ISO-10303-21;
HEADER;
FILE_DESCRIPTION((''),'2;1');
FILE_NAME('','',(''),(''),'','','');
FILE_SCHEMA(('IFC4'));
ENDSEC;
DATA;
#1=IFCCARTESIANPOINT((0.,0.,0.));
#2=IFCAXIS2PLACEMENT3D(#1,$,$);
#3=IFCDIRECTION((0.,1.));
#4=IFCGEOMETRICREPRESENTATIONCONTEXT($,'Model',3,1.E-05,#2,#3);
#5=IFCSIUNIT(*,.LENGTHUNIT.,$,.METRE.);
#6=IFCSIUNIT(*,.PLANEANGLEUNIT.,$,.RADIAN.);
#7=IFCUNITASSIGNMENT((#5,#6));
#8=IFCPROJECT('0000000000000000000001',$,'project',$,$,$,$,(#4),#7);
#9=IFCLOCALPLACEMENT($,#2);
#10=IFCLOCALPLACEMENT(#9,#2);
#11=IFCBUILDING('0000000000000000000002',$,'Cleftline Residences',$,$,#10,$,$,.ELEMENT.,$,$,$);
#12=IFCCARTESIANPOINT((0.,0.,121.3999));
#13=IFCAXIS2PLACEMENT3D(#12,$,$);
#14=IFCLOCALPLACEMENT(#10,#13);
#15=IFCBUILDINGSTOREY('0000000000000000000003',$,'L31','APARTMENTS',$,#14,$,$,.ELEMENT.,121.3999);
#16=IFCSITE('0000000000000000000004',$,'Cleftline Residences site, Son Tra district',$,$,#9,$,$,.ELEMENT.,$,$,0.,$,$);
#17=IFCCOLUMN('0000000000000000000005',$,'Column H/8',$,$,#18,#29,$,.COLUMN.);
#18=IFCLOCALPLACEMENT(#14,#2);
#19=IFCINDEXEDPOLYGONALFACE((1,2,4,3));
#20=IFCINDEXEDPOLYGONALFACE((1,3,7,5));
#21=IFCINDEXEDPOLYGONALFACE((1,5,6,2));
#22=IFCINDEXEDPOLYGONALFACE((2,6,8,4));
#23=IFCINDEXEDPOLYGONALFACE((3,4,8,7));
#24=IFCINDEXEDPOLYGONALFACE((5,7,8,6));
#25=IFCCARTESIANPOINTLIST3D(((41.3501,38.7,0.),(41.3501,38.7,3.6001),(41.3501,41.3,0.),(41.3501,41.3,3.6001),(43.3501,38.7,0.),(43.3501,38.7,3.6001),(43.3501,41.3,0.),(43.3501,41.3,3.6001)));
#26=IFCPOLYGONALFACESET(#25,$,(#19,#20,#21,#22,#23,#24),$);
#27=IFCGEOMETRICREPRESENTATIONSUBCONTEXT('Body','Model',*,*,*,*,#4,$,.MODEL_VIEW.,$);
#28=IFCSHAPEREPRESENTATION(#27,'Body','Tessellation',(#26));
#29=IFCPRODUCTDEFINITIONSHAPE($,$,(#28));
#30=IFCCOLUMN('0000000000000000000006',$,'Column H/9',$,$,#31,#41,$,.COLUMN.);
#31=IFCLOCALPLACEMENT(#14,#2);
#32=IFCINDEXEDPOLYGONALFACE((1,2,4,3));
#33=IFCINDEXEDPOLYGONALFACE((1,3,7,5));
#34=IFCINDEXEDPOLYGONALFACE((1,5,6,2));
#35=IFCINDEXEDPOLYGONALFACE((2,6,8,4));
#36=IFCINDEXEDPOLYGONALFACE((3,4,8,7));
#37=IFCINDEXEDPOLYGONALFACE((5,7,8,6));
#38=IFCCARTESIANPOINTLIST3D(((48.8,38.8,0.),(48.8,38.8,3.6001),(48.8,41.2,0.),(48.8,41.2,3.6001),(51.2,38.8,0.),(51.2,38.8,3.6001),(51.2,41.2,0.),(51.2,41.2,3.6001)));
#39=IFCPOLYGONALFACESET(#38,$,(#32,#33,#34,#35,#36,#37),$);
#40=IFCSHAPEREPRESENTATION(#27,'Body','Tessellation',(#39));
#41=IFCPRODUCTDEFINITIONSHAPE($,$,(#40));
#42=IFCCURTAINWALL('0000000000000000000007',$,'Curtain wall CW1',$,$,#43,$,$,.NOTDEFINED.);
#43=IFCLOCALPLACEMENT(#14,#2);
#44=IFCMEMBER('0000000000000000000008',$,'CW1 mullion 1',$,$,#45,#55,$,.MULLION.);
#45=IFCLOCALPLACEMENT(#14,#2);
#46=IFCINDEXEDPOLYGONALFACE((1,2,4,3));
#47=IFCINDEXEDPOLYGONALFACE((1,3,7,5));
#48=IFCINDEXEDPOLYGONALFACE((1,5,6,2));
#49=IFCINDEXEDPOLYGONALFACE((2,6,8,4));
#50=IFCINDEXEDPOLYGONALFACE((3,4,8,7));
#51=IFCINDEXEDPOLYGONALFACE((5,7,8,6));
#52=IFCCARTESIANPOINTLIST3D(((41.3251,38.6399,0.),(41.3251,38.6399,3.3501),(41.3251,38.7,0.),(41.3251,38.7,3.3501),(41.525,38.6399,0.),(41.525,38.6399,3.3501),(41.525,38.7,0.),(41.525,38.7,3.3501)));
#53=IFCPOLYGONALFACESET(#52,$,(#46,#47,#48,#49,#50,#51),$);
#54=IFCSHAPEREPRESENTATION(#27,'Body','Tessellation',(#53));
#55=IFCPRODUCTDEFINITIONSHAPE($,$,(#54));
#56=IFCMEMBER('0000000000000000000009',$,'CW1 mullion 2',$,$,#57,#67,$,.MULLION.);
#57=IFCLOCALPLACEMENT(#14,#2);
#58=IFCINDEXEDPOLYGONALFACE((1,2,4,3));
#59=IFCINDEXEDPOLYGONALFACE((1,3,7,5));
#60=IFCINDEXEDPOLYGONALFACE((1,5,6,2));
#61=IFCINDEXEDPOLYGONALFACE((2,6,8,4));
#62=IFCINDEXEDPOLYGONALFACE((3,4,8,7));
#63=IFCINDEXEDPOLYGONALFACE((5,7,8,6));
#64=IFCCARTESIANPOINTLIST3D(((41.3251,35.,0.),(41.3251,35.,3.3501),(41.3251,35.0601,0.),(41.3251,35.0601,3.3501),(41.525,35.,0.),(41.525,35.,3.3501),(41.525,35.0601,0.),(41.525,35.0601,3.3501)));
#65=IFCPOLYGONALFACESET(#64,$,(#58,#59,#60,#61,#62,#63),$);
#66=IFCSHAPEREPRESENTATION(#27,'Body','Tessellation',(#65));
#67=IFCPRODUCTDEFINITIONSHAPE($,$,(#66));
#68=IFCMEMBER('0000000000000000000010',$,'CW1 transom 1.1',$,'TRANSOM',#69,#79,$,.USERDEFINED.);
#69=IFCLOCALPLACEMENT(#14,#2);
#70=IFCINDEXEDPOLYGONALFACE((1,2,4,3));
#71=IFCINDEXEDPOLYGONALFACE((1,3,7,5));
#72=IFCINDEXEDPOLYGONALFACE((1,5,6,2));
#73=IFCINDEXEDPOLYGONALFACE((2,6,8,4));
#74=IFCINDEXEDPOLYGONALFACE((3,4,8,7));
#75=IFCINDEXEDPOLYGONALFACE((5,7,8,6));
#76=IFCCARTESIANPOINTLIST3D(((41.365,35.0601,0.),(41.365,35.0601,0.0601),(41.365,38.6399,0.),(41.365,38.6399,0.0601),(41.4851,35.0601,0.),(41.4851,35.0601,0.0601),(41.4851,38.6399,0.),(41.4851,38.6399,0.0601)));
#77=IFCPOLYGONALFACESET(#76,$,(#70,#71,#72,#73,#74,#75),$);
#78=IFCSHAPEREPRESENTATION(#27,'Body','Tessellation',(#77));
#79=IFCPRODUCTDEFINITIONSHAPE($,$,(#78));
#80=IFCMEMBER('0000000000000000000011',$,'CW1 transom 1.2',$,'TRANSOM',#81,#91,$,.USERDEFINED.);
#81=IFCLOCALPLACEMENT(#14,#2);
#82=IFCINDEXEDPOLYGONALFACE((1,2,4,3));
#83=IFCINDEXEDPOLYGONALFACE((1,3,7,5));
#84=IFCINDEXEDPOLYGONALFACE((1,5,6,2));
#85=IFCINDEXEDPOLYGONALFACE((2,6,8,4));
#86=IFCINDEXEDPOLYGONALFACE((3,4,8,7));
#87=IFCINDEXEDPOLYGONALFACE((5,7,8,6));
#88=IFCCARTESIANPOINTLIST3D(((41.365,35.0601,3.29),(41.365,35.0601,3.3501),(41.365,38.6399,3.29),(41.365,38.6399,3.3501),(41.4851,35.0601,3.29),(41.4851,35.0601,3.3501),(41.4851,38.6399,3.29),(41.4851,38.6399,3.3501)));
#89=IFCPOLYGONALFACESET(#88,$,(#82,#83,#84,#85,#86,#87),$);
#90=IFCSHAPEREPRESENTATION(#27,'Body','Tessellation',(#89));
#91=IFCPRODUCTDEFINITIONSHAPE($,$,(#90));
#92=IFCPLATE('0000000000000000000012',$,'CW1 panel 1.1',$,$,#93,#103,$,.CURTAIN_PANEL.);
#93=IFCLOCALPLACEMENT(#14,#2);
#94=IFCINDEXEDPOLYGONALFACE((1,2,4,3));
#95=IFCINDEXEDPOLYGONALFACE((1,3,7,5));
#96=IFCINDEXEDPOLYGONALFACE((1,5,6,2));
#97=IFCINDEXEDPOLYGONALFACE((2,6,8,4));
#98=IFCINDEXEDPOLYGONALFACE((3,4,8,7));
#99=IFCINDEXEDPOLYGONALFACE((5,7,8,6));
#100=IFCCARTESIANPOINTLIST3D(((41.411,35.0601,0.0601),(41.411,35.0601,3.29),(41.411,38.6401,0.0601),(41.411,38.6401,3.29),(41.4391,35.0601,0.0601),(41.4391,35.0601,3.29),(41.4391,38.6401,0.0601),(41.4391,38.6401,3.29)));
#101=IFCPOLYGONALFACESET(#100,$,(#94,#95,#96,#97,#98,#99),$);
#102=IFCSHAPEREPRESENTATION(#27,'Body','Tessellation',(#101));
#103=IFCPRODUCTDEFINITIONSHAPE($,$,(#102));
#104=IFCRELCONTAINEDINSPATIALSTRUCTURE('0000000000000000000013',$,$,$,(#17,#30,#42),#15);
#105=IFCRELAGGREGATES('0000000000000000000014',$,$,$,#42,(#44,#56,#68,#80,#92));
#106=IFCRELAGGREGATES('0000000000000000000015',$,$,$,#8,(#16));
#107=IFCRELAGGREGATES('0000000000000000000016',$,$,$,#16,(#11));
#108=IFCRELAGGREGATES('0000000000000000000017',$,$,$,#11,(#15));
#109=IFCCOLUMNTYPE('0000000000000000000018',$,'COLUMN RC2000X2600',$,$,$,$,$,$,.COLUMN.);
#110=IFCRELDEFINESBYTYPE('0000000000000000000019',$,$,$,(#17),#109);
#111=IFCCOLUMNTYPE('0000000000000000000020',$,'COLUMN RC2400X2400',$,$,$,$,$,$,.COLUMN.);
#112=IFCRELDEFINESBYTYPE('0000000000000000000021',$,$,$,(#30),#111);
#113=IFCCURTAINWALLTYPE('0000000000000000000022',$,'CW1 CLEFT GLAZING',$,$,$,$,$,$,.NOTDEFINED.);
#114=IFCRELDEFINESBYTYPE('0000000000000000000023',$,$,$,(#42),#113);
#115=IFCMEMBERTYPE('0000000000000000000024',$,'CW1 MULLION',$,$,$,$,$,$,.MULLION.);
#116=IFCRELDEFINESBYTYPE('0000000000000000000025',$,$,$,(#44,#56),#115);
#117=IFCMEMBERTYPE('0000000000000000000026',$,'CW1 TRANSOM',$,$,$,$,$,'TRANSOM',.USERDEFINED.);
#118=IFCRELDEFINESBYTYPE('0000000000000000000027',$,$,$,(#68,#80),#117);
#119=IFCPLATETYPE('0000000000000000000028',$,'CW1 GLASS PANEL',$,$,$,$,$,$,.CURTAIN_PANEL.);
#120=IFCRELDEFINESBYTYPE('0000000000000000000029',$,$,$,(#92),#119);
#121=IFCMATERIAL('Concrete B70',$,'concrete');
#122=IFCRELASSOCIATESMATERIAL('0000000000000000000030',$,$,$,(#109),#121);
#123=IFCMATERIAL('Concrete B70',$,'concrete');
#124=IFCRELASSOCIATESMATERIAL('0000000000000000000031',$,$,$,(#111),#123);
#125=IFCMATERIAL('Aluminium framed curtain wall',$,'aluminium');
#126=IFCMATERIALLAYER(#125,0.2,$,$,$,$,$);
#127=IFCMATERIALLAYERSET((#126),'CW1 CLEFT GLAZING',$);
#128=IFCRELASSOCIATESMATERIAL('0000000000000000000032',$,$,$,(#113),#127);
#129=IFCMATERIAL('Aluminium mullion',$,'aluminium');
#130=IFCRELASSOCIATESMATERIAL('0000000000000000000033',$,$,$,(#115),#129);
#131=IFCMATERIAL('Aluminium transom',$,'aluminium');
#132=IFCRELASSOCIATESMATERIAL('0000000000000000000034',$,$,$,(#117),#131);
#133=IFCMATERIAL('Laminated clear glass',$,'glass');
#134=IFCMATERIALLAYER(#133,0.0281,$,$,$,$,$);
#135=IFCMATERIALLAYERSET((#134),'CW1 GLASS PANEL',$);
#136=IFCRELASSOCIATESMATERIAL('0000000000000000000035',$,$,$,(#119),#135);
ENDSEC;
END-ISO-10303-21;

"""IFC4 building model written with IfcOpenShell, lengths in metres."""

from ifc_helpers import new_model, si_unit, direction, frame, origin, origin_2d, place, context, subcontext, project, spatial, rectangle, extrude, material, layer, layer_set, material_profile, profile_set, type_object, element, aggregate, save


model = new_model("IFC4")

# Units and contexts
model_context = context("Model", 3, precision=1e-05, world=origin(), true_north=direction((0.0, 1.0)))
body_context = subcontext(model_context, "Body", "Model", "MODEL_VIEW")
ifc_project = project(units=[si_unit("LENGTHUNIT", "METRE"), si_unit("PLANEANGLEUNIT", "RADIAN")], contexts=[model_context])

# Site, building, storey
site_placement = place(None, origin())
site = spatial("IfcSite", under=ifc_project, at=site_placement, Name="Cleftline Residences site, Son Tra district", CompositionType="ELEMENT", RefElevation=0.0)
building_placement = place(site_placement, origin())
building = spatial("IfcBuilding", under=site, at=building_placement, Name="Cleftline Residences", CompositionType="ELEMENT")
storey_placement = place(building_placement, frame((0.0, 0.0, 121.3999)))
storey = spatial("IfcBuildingStorey", under=building, at=storey_placement, Name="L31", Description="APARTMENTS", CompositionType="ELEMENT", Elevation=121.3999)

# Columns
ifc_material_1 = material(Name="Concrete B70", Category="concrete")
ifc_material_profile_1 = material_profile(ifc_material_1, rectangle(XDim=2.0, YDim=2.6001, at=origin_2d()))
ifc_profile_set_1 = profile_set([ifc_material_profile_1], Name="Concrete B70")
column_type_1 = type_object("IfcColumnType", Name="COLUMN RC2000X2600", PredefinedType="COLUMN", material=ifc_profile_set_1)
column_1_placement = place(storey_placement, frame((42.3501, 40.0, 0.0), z_axis=(0.0, 0.0, 1.0), x_axis=(1.0, 0.0, 0.0)))
element("IfcColumn", 1, at=column_1_placement, inside=storey, type_object=column_type_1, Name="Column H/8", PredefinedType="COLUMN", context=body_context, shape_type="SweptSolid", body=[
    extrude(rectangle(XDim=2.0, YDim=2.6001, at=origin_2d()), origin(), (0.0, 0.0, 1.0), 3.6001),
])
ifc_material_2 = material(Name="Concrete B70", Category="concrete")
ifc_material_profile_2 = material_profile(ifc_material_2, rectangle(XDim=2.3999, YDim=2.3999, at=origin_2d()))
ifc_profile_set_2 = profile_set([ifc_material_profile_2], Name="Concrete B70")
column_type_2 = type_object("IfcColumnType", Name="COLUMN RC2400X2400", PredefinedType="COLUMN", material=ifc_profile_set_2)
column_2_placement = place(storey_placement, frame((50.0, 40.0, 0.0), z_axis=(0.0, 0.0, 1.0), x_axis=(1.0, 0.0, 0.0)))
element("IfcColumn", 2, at=column_2_placement, inside=storey, type_object=column_type_2, Name="Column H/9", PredefinedType="COLUMN", context=body_context, shape_type="SweptSolid", body=[
    extrude(rectangle(XDim=2.3999, YDim=2.3999, at=origin_2d()), origin(), (0.0, 0.0, 1.0), 3.6001),
])

# Curtain wall, members, plate
ifc_material_3 = material(Name="Aluminium framed curtain wall", Category="aluminium")
ifc_layer_1 = layer(ifc_material_3, 0.2)
ifc_layer_set_1 = layer_set([ifc_layer_1], Name="CW1 CLEFT GLAZING")
curtain_wall_type = type_object("IfcCurtainWallType", Name="CW1 CLEFT GLAZING", PredefinedType="NOTDEFINED", material=ifc_layer_set_1)
curtain_wall_placement = place(storey_placement, origin())
curtain_wall = element("IfcCurtainWall", 3, at=curtain_wall_placement, inside=storey, type_object=curtain_wall_type, Name="Curtain wall CW1", PredefinedType="NOTDEFINED")
ifc_material_4 = material(Name="Aluminium mullion", Category="aluminium")
ifc_material_profile_3 = material_profile(ifc_material_4, rectangle(XDim=0.2, YDim=0.0601, at=origin_2d()))
ifc_profile_set_3 = profile_set([ifc_material_profile_3], Name="Aluminium mullion")
member_type_1 = type_object("IfcMemberType", Name="CW1 MULLION", PredefinedType="MULLION", material=ifc_profile_set_3)
member_1_placement = place(storey_placement, frame((41.425, 38.6699, 0.0), z_axis=(0.0, 0.0, 1.0), x_axis=(1.0, 0.0, 0.0)))
member_1 = element("IfcMember", 4, at=member_1_placement, type_object=member_type_1, Name="CW1 mullion 1", PredefinedType="MULLION", context=body_context, shape_type="SweptSolid", body=[
    extrude(rectangle(XDim=0.2, YDim=0.0601, at=origin_2d()), origin(), (0.0, 0.0, 1.0), 3.3501),
])
member_2_placement = place(storey_placement, frame((41.425, 35.03, 0.0), z_axis=(0.0, 0.0, 1.0), x_axis=(1.0, 0.0, 0.0)))
member_2 = element("IfcMember", 5, at=member_2_placement, type_object=member_type_1, Name="CW1 mullion 2", PredefinedType="MULLION", context=body_context, shape_type="SweptSolid", body=[
    extrude(rectangle(XDim=0.2, YDim=0.0601, at=origin_2d()), origin(), (0.0, 0.0, 1.0), 3.3501),
])
ifc_material_5 = material(Name="Aluminium transom", Category="aluminium")
ifc_material_profile_4 = material_profile(ifc_material_5, rectangle(XDim=0.1201, YDim=0.0601, at=origin_2d()))
ifc_profile_set_4 = profile_set([ifc_material_profile_4], Name="Aluminium transom")
member_type_2 = type_object("IfcMemberType", Name="CW1 TRANSOM", ElementType="TRANSOM", PredefinedType="USERDEFINED", material=ifc_profile_set_4)
member_3_placement = place(storey_placement, frame((41.425, 38.6399, 0.03), z_axis=(0.0, -1.0, 0.0), x_axis=(1.0, 0.0, 0.0)))
member_3 = element("IfcMember", 6, at=member_3_placement, type_object=member_type_2, Name="CW1 transom 1.1", ObjectType="TRANSOM", PredefinedType="USERDEFINED", context=body_context, shape_type="SweptSolid", body=[
    extrude(rectangle(XDim=0.1201, YDim=0.0601, at=origin_2d()), origin(), (0.0, 0.0, 1.0), 3.5798),
])
member_4_placement = place(storey_placement, frame((41.425, 38.6399, 3.3201), z_axis=(0.0, -1.0, 0.0), x_axis=(1.0, 0.0, 0.0)))
member_4 = element("IfcMember", 7, at=member_4_placement, type_object=member_type_2, Name="CW1 transom 1.2", ObjectType="TRANSOM", PredefinedType="USERDEFINED", context=body_context, shape_type="SweptSolid", body=[
    extrude(rectangle(XDim=0.1201, YDim=0.0601, at=origin_2d()), origin(), (0.0, 0.0, 1.0), 3.5798),
])
ifc_material_6 = material(Name="Laminated clear glass", Category="glass")
ifc_layer_2 = layer(ifc_material_6, 0.0281)
ifc_layer_set_2 = layer_set([ifc_layer_2], Name="CW1 GLASS PANEL")
plate_type = type_object("IfcPlateType", Name="CW1 GLASS PANEL", PredefinedType="CURTAIN_PANEL", material=ifc_layer_set_2)
plate_placement = place(storey_placement, frame((41.425, 36.8501, 0.0601), z_axis=(0.0, 0.0, 1.0), x_axis=(0.0, -1.0, 0.0)))
plate = element("IfcPlate", 8, at=plate_placement, type_object=plate_type, Name="CW1 panel 1.1", PredefinedType="CURTAIN_PANEL", context=body_context, shape_type="SweptSolid", body=[
    extrude(rectangle(XDim=3.5801, YDim=0.0281, at=origin_2d()), origin(), (0.0, 0.0, 1.0), 3.23),
])
aggregate(curtain_wall, [member_1, member_2, member_3, member_4, plate])

save(model, "model.ifc")
